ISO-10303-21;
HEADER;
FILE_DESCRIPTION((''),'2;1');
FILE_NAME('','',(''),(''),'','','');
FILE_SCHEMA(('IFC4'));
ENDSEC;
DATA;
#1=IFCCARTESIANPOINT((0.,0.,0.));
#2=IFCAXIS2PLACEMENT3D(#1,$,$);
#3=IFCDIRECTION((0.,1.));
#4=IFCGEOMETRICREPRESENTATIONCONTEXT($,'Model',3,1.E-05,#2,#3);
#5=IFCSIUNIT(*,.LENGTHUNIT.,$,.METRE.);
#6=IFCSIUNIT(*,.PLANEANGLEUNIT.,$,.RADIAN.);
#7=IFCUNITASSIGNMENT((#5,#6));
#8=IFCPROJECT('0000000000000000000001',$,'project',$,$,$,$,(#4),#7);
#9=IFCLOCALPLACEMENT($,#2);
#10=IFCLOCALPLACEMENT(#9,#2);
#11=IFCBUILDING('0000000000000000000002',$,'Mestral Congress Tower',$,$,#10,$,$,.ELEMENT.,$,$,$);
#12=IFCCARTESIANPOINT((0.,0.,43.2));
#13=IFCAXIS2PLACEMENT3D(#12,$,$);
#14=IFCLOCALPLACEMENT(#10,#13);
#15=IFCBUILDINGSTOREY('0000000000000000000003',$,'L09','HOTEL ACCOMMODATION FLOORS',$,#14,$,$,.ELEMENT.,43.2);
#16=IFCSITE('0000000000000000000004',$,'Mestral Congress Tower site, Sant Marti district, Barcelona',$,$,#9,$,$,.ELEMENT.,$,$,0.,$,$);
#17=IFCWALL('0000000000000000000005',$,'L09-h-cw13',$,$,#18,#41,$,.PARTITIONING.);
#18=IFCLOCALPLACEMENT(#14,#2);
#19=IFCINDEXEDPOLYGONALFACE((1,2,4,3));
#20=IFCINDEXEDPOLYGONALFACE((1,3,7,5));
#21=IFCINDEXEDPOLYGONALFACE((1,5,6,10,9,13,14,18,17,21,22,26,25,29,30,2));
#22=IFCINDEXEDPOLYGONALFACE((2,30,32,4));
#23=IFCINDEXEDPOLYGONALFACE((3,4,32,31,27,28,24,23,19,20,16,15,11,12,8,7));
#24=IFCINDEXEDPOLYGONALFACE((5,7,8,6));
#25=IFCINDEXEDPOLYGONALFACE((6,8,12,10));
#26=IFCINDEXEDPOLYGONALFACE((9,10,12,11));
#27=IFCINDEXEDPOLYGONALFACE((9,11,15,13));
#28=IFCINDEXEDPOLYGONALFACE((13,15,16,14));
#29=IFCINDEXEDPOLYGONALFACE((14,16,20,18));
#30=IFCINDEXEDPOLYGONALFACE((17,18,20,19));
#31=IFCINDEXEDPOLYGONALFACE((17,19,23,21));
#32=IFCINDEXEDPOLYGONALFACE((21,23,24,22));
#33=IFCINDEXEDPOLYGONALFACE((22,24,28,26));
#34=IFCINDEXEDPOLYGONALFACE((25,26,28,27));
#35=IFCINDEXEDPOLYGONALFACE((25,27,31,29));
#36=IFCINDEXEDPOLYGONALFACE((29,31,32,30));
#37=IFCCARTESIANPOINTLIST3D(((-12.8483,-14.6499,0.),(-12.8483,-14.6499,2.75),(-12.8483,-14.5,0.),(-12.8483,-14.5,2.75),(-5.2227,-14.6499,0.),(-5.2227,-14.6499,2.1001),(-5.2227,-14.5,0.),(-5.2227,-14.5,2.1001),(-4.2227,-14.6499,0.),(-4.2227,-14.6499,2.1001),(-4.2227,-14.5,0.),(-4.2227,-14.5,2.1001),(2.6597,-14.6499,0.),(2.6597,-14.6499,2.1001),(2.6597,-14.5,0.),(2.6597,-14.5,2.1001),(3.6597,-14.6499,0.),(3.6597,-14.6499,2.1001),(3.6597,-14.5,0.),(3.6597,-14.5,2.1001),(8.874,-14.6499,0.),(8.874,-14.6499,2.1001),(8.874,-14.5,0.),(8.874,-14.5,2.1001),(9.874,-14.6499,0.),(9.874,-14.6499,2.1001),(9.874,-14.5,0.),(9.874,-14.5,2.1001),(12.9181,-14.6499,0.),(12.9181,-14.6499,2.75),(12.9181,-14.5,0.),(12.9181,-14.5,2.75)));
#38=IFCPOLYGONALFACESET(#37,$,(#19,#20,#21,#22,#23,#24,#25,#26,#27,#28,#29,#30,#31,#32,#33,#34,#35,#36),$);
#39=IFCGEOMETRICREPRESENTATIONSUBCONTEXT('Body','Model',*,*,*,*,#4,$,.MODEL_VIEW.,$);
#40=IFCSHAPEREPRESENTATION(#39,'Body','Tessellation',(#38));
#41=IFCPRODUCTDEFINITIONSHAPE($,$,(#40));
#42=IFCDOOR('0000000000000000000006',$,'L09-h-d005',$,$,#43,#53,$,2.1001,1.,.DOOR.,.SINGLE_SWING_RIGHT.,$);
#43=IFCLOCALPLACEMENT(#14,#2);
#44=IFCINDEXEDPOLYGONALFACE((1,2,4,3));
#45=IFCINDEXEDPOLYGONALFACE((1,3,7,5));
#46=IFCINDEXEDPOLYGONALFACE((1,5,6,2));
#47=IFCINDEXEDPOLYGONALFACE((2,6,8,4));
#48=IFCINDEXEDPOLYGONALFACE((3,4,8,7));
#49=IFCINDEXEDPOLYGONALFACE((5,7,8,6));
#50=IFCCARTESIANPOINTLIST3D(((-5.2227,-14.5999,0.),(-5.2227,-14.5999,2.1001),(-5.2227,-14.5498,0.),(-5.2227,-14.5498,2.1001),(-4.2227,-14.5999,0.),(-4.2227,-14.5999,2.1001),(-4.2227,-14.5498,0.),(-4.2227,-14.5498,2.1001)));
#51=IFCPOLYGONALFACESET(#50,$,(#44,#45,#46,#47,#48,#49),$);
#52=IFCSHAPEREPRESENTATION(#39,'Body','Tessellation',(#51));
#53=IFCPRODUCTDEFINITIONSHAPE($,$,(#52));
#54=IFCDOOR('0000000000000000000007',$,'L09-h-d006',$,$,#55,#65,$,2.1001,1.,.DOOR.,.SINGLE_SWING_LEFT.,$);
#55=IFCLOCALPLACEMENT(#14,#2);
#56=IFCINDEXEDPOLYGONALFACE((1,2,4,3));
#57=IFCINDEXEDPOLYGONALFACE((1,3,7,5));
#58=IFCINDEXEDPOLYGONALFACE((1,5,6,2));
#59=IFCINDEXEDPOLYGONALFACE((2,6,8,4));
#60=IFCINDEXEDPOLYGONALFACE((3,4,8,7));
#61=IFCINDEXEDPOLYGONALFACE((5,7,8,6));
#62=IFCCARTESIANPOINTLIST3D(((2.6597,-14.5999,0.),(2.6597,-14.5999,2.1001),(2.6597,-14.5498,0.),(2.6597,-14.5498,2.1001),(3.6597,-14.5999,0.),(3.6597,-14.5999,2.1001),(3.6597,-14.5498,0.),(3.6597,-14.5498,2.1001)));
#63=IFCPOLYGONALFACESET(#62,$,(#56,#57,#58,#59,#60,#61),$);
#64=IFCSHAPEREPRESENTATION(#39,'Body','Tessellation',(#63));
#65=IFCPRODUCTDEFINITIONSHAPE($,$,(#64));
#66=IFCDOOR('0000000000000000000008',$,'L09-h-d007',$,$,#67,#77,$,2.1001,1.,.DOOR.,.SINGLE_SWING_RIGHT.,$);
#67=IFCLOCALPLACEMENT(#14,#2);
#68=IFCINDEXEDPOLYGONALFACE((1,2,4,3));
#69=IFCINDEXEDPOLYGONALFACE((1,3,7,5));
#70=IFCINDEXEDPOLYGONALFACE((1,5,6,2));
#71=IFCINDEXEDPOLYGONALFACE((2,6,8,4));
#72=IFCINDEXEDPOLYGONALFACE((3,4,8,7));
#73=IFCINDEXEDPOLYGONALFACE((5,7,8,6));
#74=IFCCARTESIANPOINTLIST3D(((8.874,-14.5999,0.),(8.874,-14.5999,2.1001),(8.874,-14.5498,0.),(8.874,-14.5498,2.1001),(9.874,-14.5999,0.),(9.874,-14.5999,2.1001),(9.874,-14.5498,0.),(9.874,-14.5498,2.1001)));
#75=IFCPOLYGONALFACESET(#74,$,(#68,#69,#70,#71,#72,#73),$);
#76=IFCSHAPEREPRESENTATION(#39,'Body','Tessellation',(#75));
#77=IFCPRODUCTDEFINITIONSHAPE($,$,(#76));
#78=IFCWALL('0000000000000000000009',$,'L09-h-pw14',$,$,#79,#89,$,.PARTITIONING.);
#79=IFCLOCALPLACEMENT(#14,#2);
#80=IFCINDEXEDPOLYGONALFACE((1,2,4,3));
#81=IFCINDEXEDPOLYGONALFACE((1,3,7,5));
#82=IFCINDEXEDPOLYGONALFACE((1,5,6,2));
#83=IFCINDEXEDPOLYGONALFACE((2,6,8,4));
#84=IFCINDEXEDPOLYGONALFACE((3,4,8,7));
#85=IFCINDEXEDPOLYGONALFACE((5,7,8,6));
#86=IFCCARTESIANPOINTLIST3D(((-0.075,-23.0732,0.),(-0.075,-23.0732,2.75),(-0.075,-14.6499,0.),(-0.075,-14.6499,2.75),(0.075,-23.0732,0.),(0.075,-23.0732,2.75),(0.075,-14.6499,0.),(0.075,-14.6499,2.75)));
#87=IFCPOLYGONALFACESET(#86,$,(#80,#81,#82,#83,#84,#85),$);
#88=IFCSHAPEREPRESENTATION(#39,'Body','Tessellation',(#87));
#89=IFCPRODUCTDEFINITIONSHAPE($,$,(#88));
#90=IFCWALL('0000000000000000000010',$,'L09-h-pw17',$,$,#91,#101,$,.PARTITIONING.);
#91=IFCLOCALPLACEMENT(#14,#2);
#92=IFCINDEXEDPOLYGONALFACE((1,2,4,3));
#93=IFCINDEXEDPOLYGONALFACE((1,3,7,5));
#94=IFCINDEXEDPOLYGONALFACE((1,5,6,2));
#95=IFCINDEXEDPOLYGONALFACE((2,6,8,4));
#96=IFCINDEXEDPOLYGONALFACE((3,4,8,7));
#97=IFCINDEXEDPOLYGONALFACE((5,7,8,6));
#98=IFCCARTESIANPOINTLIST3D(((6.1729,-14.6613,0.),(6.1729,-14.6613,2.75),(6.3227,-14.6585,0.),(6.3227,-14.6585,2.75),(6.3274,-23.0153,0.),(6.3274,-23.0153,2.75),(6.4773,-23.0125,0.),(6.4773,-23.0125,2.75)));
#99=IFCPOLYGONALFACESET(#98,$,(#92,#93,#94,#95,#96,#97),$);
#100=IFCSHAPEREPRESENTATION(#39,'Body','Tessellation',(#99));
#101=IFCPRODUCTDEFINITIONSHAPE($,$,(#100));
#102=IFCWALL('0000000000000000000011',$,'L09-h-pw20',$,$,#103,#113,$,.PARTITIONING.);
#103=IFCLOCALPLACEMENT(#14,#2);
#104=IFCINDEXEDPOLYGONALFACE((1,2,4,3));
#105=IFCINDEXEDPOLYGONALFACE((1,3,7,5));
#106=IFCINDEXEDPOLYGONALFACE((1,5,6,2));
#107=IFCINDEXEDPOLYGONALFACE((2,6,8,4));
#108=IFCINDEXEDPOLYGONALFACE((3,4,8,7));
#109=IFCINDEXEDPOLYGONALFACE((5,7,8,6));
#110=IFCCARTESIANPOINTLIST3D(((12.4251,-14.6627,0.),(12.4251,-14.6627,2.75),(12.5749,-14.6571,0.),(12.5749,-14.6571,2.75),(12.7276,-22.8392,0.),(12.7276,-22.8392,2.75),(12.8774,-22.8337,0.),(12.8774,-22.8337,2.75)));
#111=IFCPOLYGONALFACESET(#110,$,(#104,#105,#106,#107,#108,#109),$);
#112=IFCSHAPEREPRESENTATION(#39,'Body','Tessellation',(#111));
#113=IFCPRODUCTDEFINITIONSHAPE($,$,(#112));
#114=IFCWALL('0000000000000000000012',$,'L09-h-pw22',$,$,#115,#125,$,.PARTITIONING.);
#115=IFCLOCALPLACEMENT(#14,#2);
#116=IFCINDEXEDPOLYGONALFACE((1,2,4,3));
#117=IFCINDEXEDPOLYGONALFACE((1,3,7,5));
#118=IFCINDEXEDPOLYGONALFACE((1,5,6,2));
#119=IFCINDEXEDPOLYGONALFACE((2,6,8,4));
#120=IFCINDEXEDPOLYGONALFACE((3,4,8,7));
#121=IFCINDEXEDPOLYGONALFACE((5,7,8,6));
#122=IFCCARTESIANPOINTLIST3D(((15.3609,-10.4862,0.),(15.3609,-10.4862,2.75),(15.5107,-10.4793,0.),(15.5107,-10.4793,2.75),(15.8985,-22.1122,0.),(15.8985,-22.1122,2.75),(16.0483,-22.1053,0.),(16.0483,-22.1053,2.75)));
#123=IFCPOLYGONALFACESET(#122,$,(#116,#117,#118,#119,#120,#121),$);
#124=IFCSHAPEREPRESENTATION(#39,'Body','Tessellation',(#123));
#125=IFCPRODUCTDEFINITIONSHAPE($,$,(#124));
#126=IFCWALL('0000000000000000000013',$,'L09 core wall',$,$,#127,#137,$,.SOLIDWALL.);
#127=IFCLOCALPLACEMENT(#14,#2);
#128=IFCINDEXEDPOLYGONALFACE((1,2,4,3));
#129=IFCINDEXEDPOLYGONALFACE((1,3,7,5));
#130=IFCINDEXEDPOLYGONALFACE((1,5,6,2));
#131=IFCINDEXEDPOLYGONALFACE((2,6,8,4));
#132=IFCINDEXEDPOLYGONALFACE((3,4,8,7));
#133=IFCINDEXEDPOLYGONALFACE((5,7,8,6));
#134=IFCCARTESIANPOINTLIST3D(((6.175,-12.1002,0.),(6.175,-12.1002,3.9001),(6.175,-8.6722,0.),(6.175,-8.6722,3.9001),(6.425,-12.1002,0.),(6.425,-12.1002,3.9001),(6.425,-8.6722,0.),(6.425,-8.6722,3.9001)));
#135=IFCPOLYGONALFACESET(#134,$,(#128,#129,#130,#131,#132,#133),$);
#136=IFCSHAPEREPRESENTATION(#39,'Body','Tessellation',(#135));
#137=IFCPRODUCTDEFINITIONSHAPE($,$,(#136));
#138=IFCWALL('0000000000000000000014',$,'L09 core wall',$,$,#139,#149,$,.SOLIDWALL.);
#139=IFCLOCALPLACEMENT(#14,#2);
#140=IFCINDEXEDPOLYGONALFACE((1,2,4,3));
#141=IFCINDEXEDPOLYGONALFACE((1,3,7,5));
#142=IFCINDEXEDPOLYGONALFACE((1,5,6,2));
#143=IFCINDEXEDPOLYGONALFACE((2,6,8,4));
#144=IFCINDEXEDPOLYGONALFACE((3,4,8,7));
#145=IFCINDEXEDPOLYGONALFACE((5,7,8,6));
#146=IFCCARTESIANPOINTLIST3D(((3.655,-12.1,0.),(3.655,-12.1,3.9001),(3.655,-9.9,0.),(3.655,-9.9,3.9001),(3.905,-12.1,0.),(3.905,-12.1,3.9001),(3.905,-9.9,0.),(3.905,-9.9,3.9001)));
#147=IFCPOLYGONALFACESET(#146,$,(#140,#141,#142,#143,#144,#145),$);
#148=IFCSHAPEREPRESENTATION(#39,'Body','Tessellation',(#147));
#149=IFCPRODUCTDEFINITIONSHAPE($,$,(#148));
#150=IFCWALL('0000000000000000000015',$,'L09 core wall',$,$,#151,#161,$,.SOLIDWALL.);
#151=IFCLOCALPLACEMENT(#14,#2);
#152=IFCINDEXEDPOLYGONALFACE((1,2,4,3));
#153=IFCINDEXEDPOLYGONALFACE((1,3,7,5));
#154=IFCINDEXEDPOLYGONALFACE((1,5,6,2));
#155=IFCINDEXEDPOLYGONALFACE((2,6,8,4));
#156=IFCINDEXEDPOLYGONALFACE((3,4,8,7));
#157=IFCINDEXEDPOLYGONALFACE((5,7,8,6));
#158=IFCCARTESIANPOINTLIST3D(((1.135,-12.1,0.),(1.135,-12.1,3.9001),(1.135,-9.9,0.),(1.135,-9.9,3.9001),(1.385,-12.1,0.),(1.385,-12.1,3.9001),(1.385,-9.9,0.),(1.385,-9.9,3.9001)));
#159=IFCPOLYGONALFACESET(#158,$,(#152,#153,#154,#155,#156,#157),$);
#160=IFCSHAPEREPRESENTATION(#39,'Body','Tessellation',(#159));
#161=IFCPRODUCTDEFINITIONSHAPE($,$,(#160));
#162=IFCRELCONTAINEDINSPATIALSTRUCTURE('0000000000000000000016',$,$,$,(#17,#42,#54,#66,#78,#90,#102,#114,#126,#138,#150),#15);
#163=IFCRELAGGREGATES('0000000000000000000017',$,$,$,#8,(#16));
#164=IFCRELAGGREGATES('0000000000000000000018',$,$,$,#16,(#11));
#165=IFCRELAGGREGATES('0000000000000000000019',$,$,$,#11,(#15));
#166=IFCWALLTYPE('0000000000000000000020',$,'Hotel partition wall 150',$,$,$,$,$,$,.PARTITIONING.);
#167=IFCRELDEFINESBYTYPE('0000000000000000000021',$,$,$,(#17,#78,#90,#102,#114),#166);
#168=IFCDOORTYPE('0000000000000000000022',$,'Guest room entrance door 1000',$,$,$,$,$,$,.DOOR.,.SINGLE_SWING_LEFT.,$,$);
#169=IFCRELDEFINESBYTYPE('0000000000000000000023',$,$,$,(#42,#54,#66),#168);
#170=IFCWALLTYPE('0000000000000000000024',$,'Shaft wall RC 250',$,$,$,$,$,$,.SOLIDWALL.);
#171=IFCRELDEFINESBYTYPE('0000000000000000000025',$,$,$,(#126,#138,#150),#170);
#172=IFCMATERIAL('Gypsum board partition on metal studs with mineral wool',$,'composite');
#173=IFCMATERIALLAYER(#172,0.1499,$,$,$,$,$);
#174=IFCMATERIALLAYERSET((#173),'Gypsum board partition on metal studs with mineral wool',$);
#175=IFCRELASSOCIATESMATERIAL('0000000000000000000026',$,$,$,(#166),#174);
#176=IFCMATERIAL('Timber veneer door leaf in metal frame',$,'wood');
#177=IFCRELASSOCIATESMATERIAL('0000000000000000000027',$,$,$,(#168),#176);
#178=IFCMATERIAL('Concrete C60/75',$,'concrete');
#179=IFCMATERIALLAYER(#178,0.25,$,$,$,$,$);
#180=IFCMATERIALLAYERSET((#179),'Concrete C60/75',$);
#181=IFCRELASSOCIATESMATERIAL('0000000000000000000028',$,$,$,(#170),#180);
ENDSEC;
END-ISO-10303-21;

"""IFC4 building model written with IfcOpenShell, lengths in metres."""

from ifc_helpers import new_model, si_unit, direction, frame, frame_2d, origin, place, context, subcontext, project, spatial, rectangle, extrude, material, layer, layer_set, type_object, element, fill, save


model = new_model("IFC4")

# Units and contexts
model_context = context("Model", 3, precision=1e-05, world=origin(), true_north=direction((0.0, 1.0)))
body_context = subcontext(model_context, "Body", "Model", "MODEL_VIEW")
ifc_project = project(units=[si_unit("LENGTHUNIT", "METRE"), si_unit("PLANEANGLEUNIT", "RADIAN")], contexts=[model_context])

# Site, building, storey
site_placement = place(None, origin())
site = spatial("IfcSite", under=ifc_project, at=site_placement, Name="Mestral Congress Tower site, Sant Marti district, Barcelona", CompositionType="ELEMENT", RefElevation=0.0)
building_placement = place(site_placement, origin())
building = spatial("IfcBuilding", under=site, at=building_placement, Name="Mestral Congress Tower", CompositionType="ELEMENT")
storey_placement = place(building_placement, frame((0.0, 0.0, 43.2)))
storey = spatial("IfcBuildingStorey", under=building, at=storey_placement, Name="L09", Description="HOTEL ACCOMMODATION FLOORS", CompositionType="ELEMENT", Elevation=43.2)

# Shared definitions
ifc_material_1 = material(Name="Concrete C60/75", Category="concrete")

# Wall, openings, doors
ifc_material_2 = material(Name="Gypsum board partition on metal studs with mineral wool", Category="composite")
ifc_layer_1 = layer(ifc_material_2, 0.1499)
ifc_layer_set_1 = layer_set([ifc_layer_1], Name="Gypsum board partition on metal studs with mineral wool")
wall_type_1 = type_object("IfcWallType", Name="Hotel partition wall 150", PredefinedType="PARTITIONING", material=ifc_layer_set_1)
wall_1_placement = place(storey_placement, frame((12.9182, -14.575, 0.0), z_axis=(0.0, 0.0, 1.0), x_axis=(-1.0, 0.0, 0.0)))
wall_1 = element("IfcWall", 1, at=wall_1_placement, inside=storey, type_object=wall_type_1, Name="L09-h-cw13", PredefinedType="PARTITIONING", context=body_context, shape_type="SweptSolid", body=[
    extrude(rectangle(XDim=25.7664, YDim=0.1499, at=frame_2d((12.8833, 0.0))), origin(), (0.0, 0.0, 1.0), 2.75),
])
opening_1_placement = place(wall_1_placement, frame((17.1409, 0.0, 0.0)))
opening_1 = element("IfcOpeningElement", 2, at=opening_1_placement, cuts=wall_1, PredefinedType="OPENING", context=body_context, shape_type="SweptSolid", body=[
    extrude(rectangle(XDim=1.0, YDim=2.1001, at=frame_2d((0.5, 1.05))), frame((0.0, 0.085, 0.0), z_axis=(0.0, -1.0, 0.0), x_axis=(1.0, 0.0, 0.0)), (0.0, 0.0, 1.0), 0.1699),
])
opening_2_placement = place(wall_1_placement, frame((9.2585, 0.0, 0.0)))
opening_2 = element("IfcOpeningElement", 3, at=opening_2_placement, cuts=wall_1, PredefinedType="OPENING", context=body_context, shape_type="SweptSolid", body=[
    extrude(rectangle(XDim=1.0, YDim=2.1001, at=frame_2d((0.5, 1.05))), frame((0.0, 0.085, 0.0), z_axis=(0.0, -1.0, 0.0), x_axis=(1.0, 0.0, 0.0)), (0.0, 0.0, 1.0), 0.1699),
])
opening_3_placement = place(wall_1_placement, frame((3.0442, 0.0, 0.0)))
opening_3 = element("IfcOpeningElement", 4, at=opening_3_placement, cuts=wall_1, PredefinedType="OPENING", context=body_context, shape_type="SweptSolid", body=[
    extrude(rectangle(XDim=1.0, YDim=2.1001, at=frame_2d((0.5, 1.05))), frame((0.0, 0.085, 0.0), z_axis=(0.0, -1.0, 0.0), x_axis=(1.0, 0.0, 0.0)), (0.0, 0.0, 1.0), 0.1699),
])
ifc_material_3 = material(Name="Timber veneer door leaf in metal frame", Category="wood")
door_type_1 = type_object("IfcDoorType", Name="Guest room entrance door 1000", OperationType="SINGLE_SWING_LEFT", PredefinedType="DOOR", material=ifc_material_3)
door_1_placement = place(opening_1_placement, origin())
door_1 = element("IfcDoor", 5, at=door_1_placement, inside=storey, type_object=door_type_1, Name="L09-h-d005", OperationType="SINGLE_SWING_RIGHT", OverallHeight=2.1001, OverallWidth=1.0, PredefinedType="DOOR", context=body_context, shape_type="SweptSolid", body=[
    extrude(rectangle(XDim=1.0, YDim=2.1001, at=frame_2d((0.5, 1.05))), frame((0.0, 0.0249, 0.0), z_axis=(0.0, -1.0, 0.0), x_axis=(1.0, 0.0, 0.0)), (0.0, 0.0, 1.0), 0.05),
])
fill(opening_1, door_1)
door_2_placement = place(opening_2_placement, origin())
door_2 = element("IfcDoor", 6, at=door_2_placement, inside=storey, type_object=door_type_1, Name="L09-h-d006", OperationType="SINGLE_SWING_LEFT", OverallHeight=2.1001, OverallWidth=1.0, PredefinedType="DOOR", context=body_context, shape_type="SweptSolid", body=[
    extrude(rectangle(XDim=1.0, YDim=2.1001, at=frame_2d((0.5, 1.05))), frame((0.0, 0.0249, 0.0), z_axis=(0.0, -1.0, 0.0), x_axis=(1.0, 0.0, 0.0)), (0.0, 0.0, 1.0), 0.05),
])
fill(opening_2, door_2)
door_3_placement = place(opening_3_placement, origin())
door_3 = element("IfcDoor", 7, at=door_3_placement, inside=storey, type_object=door_type_1, Name="L09-h-d007", OperationType="SINGLE_SWING_RIGHT", OverallHeight=2.1001, OverallWidth=1.0, PredefinedType="DOOR", context=body_context, shape_type="SweptSolid", body=[
    extrude(rectangle(XDim=1.0, YDim=2.1001, at=frame_2d((0.5, 1.05))), frame((0.0, 0.0249, 0.0), z_axis=(0.0, -1.0, 0.0), x_axis=(1.0, 0.0, 0.0)), (0.0, 0.0, 1.0), 0.05),
])
fill(opening_3, door_3)

# Walls
wall_2_placement = place(storey_placement, frame((0.0, -23.0732, 0.0), z_axis=(0.0, 0.0, 1.0), x_axis=(0.0, 1.0, 0.0)))
element("IfcWall", 8, at=wall_2_placement, inside=storey, type_object=wall_type_1, Name="L09-h-pw14", PredefinedType="PARTITIONING", context=body_context, shape_type="SweptSolid", body=[
    extrude(rectangle(XDim=8.4233, YDim=0.1499, at=frame_2d((4.2117, 0.0))), origin(), (0.0, 0.0, 1.0), 2.75),
])
wall_3_placement = place(storey_placement, frame((6.4023, -23.0139, 0.0), z_axis=(0.0, 0.0, 1.0), x_axis=(-0.018496, 0.999829, 0.0)))
element("IfcWall", 9, at=wall_3_placement, inside=storey, type_object=wall_type_1, Name="L09-h-pw17", PredefinedType="PARTITIONING", context=body_context, shape_type="SweptSolid", body=[
    extrude(rectangle(XDim=8.3555, YDim=0.1499, at=frame_2d((4.1777, 0.0))), origin(), (0.0, 0.0, 1.0), 2.75),
])
wall_4_placement = place(storey_placement, frame((12.8025, -22.8364, 0.0), z_axis=(0.0, 0.0, 1.0), x_axis=(-0.03697, 0.999316, 0.0)))
element("IfcWall", 10, at=wall_4_placement, inside=storey, type_object=wall_type_1, Name="L09-h-pw20", PredefinedType="PARTITIONING", context=body_context, shape_type="SweptSolid", body=[
    extrude(rectangle(XDim=8.1821, YDim=0.1499, at=frame_2d((4.0911, 0.0))), origin(), (0.0, 0.0, 1.0), 2.75),
])
wall_5_placement = place(storey_placement, frame((15.9734, -22.1089, 0.0), z_axis=(0.0, 0.0, 1.0), x_axis=(-0.046192, 0.998933, 0.0)))
element("IfcWall", 11, at=wall_5_placement, inside=storey, type_object=wall_type_1, Name="L09-h-pw22", PredefinedType="PARTITIONING", context=body_context, shape_type="SweptSolid", body=[
    extrude(rectangle(XDim=11.6384, YDim=0.1499, at=frame_2d((5.8193, 0.0))), origin(), (0.0, 0.0, 1.0), 2.75),
])
ifc_layer_2 = layer(ifc_material_1, 0.25)
ifc_layer_set_2 = layer_set([ifc_layer_2], Name="Concrete C60/75")
wall_type_2 = type_object("IfcWallType", Name="Shaft wall RC 250", PredefinedType="SOLIDWALL", material=ifc_layer_set_2)
wall_6_placement = place(storey_placement, frame((6.3, -12.1001, 0.0), z_axis=(0.0, 0.0, 1.0), x_axis=(0.0, 1.0, 0.0)))
element("IfcWall", 12, at=wall_6_placement, inside=storey, type_object=wall_type_2, Name="L09 core wall", PredefinedType="SOLIDWALL", context=body_context, shape_type="SweptSolid", body=[
    extrude(rectangle(XDim=3.428, YDim=0.25, at=frame_2d((1.7139, 0.0))), origin(), (0.0, 0.0, 1.0), 3.9001),
])
for number, where, z_axis, x_axis, name in (
    (13, (3.78, -12.1001, 0.0), (0.0, 0.0, 1.0), (0.0, 1.0, 0.0), "L09 core wall"),
    (14, (1.26, -12.1001, 0.0), (0.0, 0.0, 1.0), (0.0, 1.0, 0.0), "L09 core wall"),
):
    element("IfcWall", number, at=place(storey_placement, frame(where, z_axis=z_axis, x_axis=x_axis)), inside=storey, type_object=wall_type_2, Name=name, PredefinedType="SOLIDWALL", context=body_context, shape_type="SweptSolid", body=[
        extrude(rectangle(XDim=2.2, YDim=0.25, at=frame_2d((1.1001, 0.0))), origin(), (0.0, 0.0, 1.0), 3.9001),
    ])

save(model, "model.ifc")
